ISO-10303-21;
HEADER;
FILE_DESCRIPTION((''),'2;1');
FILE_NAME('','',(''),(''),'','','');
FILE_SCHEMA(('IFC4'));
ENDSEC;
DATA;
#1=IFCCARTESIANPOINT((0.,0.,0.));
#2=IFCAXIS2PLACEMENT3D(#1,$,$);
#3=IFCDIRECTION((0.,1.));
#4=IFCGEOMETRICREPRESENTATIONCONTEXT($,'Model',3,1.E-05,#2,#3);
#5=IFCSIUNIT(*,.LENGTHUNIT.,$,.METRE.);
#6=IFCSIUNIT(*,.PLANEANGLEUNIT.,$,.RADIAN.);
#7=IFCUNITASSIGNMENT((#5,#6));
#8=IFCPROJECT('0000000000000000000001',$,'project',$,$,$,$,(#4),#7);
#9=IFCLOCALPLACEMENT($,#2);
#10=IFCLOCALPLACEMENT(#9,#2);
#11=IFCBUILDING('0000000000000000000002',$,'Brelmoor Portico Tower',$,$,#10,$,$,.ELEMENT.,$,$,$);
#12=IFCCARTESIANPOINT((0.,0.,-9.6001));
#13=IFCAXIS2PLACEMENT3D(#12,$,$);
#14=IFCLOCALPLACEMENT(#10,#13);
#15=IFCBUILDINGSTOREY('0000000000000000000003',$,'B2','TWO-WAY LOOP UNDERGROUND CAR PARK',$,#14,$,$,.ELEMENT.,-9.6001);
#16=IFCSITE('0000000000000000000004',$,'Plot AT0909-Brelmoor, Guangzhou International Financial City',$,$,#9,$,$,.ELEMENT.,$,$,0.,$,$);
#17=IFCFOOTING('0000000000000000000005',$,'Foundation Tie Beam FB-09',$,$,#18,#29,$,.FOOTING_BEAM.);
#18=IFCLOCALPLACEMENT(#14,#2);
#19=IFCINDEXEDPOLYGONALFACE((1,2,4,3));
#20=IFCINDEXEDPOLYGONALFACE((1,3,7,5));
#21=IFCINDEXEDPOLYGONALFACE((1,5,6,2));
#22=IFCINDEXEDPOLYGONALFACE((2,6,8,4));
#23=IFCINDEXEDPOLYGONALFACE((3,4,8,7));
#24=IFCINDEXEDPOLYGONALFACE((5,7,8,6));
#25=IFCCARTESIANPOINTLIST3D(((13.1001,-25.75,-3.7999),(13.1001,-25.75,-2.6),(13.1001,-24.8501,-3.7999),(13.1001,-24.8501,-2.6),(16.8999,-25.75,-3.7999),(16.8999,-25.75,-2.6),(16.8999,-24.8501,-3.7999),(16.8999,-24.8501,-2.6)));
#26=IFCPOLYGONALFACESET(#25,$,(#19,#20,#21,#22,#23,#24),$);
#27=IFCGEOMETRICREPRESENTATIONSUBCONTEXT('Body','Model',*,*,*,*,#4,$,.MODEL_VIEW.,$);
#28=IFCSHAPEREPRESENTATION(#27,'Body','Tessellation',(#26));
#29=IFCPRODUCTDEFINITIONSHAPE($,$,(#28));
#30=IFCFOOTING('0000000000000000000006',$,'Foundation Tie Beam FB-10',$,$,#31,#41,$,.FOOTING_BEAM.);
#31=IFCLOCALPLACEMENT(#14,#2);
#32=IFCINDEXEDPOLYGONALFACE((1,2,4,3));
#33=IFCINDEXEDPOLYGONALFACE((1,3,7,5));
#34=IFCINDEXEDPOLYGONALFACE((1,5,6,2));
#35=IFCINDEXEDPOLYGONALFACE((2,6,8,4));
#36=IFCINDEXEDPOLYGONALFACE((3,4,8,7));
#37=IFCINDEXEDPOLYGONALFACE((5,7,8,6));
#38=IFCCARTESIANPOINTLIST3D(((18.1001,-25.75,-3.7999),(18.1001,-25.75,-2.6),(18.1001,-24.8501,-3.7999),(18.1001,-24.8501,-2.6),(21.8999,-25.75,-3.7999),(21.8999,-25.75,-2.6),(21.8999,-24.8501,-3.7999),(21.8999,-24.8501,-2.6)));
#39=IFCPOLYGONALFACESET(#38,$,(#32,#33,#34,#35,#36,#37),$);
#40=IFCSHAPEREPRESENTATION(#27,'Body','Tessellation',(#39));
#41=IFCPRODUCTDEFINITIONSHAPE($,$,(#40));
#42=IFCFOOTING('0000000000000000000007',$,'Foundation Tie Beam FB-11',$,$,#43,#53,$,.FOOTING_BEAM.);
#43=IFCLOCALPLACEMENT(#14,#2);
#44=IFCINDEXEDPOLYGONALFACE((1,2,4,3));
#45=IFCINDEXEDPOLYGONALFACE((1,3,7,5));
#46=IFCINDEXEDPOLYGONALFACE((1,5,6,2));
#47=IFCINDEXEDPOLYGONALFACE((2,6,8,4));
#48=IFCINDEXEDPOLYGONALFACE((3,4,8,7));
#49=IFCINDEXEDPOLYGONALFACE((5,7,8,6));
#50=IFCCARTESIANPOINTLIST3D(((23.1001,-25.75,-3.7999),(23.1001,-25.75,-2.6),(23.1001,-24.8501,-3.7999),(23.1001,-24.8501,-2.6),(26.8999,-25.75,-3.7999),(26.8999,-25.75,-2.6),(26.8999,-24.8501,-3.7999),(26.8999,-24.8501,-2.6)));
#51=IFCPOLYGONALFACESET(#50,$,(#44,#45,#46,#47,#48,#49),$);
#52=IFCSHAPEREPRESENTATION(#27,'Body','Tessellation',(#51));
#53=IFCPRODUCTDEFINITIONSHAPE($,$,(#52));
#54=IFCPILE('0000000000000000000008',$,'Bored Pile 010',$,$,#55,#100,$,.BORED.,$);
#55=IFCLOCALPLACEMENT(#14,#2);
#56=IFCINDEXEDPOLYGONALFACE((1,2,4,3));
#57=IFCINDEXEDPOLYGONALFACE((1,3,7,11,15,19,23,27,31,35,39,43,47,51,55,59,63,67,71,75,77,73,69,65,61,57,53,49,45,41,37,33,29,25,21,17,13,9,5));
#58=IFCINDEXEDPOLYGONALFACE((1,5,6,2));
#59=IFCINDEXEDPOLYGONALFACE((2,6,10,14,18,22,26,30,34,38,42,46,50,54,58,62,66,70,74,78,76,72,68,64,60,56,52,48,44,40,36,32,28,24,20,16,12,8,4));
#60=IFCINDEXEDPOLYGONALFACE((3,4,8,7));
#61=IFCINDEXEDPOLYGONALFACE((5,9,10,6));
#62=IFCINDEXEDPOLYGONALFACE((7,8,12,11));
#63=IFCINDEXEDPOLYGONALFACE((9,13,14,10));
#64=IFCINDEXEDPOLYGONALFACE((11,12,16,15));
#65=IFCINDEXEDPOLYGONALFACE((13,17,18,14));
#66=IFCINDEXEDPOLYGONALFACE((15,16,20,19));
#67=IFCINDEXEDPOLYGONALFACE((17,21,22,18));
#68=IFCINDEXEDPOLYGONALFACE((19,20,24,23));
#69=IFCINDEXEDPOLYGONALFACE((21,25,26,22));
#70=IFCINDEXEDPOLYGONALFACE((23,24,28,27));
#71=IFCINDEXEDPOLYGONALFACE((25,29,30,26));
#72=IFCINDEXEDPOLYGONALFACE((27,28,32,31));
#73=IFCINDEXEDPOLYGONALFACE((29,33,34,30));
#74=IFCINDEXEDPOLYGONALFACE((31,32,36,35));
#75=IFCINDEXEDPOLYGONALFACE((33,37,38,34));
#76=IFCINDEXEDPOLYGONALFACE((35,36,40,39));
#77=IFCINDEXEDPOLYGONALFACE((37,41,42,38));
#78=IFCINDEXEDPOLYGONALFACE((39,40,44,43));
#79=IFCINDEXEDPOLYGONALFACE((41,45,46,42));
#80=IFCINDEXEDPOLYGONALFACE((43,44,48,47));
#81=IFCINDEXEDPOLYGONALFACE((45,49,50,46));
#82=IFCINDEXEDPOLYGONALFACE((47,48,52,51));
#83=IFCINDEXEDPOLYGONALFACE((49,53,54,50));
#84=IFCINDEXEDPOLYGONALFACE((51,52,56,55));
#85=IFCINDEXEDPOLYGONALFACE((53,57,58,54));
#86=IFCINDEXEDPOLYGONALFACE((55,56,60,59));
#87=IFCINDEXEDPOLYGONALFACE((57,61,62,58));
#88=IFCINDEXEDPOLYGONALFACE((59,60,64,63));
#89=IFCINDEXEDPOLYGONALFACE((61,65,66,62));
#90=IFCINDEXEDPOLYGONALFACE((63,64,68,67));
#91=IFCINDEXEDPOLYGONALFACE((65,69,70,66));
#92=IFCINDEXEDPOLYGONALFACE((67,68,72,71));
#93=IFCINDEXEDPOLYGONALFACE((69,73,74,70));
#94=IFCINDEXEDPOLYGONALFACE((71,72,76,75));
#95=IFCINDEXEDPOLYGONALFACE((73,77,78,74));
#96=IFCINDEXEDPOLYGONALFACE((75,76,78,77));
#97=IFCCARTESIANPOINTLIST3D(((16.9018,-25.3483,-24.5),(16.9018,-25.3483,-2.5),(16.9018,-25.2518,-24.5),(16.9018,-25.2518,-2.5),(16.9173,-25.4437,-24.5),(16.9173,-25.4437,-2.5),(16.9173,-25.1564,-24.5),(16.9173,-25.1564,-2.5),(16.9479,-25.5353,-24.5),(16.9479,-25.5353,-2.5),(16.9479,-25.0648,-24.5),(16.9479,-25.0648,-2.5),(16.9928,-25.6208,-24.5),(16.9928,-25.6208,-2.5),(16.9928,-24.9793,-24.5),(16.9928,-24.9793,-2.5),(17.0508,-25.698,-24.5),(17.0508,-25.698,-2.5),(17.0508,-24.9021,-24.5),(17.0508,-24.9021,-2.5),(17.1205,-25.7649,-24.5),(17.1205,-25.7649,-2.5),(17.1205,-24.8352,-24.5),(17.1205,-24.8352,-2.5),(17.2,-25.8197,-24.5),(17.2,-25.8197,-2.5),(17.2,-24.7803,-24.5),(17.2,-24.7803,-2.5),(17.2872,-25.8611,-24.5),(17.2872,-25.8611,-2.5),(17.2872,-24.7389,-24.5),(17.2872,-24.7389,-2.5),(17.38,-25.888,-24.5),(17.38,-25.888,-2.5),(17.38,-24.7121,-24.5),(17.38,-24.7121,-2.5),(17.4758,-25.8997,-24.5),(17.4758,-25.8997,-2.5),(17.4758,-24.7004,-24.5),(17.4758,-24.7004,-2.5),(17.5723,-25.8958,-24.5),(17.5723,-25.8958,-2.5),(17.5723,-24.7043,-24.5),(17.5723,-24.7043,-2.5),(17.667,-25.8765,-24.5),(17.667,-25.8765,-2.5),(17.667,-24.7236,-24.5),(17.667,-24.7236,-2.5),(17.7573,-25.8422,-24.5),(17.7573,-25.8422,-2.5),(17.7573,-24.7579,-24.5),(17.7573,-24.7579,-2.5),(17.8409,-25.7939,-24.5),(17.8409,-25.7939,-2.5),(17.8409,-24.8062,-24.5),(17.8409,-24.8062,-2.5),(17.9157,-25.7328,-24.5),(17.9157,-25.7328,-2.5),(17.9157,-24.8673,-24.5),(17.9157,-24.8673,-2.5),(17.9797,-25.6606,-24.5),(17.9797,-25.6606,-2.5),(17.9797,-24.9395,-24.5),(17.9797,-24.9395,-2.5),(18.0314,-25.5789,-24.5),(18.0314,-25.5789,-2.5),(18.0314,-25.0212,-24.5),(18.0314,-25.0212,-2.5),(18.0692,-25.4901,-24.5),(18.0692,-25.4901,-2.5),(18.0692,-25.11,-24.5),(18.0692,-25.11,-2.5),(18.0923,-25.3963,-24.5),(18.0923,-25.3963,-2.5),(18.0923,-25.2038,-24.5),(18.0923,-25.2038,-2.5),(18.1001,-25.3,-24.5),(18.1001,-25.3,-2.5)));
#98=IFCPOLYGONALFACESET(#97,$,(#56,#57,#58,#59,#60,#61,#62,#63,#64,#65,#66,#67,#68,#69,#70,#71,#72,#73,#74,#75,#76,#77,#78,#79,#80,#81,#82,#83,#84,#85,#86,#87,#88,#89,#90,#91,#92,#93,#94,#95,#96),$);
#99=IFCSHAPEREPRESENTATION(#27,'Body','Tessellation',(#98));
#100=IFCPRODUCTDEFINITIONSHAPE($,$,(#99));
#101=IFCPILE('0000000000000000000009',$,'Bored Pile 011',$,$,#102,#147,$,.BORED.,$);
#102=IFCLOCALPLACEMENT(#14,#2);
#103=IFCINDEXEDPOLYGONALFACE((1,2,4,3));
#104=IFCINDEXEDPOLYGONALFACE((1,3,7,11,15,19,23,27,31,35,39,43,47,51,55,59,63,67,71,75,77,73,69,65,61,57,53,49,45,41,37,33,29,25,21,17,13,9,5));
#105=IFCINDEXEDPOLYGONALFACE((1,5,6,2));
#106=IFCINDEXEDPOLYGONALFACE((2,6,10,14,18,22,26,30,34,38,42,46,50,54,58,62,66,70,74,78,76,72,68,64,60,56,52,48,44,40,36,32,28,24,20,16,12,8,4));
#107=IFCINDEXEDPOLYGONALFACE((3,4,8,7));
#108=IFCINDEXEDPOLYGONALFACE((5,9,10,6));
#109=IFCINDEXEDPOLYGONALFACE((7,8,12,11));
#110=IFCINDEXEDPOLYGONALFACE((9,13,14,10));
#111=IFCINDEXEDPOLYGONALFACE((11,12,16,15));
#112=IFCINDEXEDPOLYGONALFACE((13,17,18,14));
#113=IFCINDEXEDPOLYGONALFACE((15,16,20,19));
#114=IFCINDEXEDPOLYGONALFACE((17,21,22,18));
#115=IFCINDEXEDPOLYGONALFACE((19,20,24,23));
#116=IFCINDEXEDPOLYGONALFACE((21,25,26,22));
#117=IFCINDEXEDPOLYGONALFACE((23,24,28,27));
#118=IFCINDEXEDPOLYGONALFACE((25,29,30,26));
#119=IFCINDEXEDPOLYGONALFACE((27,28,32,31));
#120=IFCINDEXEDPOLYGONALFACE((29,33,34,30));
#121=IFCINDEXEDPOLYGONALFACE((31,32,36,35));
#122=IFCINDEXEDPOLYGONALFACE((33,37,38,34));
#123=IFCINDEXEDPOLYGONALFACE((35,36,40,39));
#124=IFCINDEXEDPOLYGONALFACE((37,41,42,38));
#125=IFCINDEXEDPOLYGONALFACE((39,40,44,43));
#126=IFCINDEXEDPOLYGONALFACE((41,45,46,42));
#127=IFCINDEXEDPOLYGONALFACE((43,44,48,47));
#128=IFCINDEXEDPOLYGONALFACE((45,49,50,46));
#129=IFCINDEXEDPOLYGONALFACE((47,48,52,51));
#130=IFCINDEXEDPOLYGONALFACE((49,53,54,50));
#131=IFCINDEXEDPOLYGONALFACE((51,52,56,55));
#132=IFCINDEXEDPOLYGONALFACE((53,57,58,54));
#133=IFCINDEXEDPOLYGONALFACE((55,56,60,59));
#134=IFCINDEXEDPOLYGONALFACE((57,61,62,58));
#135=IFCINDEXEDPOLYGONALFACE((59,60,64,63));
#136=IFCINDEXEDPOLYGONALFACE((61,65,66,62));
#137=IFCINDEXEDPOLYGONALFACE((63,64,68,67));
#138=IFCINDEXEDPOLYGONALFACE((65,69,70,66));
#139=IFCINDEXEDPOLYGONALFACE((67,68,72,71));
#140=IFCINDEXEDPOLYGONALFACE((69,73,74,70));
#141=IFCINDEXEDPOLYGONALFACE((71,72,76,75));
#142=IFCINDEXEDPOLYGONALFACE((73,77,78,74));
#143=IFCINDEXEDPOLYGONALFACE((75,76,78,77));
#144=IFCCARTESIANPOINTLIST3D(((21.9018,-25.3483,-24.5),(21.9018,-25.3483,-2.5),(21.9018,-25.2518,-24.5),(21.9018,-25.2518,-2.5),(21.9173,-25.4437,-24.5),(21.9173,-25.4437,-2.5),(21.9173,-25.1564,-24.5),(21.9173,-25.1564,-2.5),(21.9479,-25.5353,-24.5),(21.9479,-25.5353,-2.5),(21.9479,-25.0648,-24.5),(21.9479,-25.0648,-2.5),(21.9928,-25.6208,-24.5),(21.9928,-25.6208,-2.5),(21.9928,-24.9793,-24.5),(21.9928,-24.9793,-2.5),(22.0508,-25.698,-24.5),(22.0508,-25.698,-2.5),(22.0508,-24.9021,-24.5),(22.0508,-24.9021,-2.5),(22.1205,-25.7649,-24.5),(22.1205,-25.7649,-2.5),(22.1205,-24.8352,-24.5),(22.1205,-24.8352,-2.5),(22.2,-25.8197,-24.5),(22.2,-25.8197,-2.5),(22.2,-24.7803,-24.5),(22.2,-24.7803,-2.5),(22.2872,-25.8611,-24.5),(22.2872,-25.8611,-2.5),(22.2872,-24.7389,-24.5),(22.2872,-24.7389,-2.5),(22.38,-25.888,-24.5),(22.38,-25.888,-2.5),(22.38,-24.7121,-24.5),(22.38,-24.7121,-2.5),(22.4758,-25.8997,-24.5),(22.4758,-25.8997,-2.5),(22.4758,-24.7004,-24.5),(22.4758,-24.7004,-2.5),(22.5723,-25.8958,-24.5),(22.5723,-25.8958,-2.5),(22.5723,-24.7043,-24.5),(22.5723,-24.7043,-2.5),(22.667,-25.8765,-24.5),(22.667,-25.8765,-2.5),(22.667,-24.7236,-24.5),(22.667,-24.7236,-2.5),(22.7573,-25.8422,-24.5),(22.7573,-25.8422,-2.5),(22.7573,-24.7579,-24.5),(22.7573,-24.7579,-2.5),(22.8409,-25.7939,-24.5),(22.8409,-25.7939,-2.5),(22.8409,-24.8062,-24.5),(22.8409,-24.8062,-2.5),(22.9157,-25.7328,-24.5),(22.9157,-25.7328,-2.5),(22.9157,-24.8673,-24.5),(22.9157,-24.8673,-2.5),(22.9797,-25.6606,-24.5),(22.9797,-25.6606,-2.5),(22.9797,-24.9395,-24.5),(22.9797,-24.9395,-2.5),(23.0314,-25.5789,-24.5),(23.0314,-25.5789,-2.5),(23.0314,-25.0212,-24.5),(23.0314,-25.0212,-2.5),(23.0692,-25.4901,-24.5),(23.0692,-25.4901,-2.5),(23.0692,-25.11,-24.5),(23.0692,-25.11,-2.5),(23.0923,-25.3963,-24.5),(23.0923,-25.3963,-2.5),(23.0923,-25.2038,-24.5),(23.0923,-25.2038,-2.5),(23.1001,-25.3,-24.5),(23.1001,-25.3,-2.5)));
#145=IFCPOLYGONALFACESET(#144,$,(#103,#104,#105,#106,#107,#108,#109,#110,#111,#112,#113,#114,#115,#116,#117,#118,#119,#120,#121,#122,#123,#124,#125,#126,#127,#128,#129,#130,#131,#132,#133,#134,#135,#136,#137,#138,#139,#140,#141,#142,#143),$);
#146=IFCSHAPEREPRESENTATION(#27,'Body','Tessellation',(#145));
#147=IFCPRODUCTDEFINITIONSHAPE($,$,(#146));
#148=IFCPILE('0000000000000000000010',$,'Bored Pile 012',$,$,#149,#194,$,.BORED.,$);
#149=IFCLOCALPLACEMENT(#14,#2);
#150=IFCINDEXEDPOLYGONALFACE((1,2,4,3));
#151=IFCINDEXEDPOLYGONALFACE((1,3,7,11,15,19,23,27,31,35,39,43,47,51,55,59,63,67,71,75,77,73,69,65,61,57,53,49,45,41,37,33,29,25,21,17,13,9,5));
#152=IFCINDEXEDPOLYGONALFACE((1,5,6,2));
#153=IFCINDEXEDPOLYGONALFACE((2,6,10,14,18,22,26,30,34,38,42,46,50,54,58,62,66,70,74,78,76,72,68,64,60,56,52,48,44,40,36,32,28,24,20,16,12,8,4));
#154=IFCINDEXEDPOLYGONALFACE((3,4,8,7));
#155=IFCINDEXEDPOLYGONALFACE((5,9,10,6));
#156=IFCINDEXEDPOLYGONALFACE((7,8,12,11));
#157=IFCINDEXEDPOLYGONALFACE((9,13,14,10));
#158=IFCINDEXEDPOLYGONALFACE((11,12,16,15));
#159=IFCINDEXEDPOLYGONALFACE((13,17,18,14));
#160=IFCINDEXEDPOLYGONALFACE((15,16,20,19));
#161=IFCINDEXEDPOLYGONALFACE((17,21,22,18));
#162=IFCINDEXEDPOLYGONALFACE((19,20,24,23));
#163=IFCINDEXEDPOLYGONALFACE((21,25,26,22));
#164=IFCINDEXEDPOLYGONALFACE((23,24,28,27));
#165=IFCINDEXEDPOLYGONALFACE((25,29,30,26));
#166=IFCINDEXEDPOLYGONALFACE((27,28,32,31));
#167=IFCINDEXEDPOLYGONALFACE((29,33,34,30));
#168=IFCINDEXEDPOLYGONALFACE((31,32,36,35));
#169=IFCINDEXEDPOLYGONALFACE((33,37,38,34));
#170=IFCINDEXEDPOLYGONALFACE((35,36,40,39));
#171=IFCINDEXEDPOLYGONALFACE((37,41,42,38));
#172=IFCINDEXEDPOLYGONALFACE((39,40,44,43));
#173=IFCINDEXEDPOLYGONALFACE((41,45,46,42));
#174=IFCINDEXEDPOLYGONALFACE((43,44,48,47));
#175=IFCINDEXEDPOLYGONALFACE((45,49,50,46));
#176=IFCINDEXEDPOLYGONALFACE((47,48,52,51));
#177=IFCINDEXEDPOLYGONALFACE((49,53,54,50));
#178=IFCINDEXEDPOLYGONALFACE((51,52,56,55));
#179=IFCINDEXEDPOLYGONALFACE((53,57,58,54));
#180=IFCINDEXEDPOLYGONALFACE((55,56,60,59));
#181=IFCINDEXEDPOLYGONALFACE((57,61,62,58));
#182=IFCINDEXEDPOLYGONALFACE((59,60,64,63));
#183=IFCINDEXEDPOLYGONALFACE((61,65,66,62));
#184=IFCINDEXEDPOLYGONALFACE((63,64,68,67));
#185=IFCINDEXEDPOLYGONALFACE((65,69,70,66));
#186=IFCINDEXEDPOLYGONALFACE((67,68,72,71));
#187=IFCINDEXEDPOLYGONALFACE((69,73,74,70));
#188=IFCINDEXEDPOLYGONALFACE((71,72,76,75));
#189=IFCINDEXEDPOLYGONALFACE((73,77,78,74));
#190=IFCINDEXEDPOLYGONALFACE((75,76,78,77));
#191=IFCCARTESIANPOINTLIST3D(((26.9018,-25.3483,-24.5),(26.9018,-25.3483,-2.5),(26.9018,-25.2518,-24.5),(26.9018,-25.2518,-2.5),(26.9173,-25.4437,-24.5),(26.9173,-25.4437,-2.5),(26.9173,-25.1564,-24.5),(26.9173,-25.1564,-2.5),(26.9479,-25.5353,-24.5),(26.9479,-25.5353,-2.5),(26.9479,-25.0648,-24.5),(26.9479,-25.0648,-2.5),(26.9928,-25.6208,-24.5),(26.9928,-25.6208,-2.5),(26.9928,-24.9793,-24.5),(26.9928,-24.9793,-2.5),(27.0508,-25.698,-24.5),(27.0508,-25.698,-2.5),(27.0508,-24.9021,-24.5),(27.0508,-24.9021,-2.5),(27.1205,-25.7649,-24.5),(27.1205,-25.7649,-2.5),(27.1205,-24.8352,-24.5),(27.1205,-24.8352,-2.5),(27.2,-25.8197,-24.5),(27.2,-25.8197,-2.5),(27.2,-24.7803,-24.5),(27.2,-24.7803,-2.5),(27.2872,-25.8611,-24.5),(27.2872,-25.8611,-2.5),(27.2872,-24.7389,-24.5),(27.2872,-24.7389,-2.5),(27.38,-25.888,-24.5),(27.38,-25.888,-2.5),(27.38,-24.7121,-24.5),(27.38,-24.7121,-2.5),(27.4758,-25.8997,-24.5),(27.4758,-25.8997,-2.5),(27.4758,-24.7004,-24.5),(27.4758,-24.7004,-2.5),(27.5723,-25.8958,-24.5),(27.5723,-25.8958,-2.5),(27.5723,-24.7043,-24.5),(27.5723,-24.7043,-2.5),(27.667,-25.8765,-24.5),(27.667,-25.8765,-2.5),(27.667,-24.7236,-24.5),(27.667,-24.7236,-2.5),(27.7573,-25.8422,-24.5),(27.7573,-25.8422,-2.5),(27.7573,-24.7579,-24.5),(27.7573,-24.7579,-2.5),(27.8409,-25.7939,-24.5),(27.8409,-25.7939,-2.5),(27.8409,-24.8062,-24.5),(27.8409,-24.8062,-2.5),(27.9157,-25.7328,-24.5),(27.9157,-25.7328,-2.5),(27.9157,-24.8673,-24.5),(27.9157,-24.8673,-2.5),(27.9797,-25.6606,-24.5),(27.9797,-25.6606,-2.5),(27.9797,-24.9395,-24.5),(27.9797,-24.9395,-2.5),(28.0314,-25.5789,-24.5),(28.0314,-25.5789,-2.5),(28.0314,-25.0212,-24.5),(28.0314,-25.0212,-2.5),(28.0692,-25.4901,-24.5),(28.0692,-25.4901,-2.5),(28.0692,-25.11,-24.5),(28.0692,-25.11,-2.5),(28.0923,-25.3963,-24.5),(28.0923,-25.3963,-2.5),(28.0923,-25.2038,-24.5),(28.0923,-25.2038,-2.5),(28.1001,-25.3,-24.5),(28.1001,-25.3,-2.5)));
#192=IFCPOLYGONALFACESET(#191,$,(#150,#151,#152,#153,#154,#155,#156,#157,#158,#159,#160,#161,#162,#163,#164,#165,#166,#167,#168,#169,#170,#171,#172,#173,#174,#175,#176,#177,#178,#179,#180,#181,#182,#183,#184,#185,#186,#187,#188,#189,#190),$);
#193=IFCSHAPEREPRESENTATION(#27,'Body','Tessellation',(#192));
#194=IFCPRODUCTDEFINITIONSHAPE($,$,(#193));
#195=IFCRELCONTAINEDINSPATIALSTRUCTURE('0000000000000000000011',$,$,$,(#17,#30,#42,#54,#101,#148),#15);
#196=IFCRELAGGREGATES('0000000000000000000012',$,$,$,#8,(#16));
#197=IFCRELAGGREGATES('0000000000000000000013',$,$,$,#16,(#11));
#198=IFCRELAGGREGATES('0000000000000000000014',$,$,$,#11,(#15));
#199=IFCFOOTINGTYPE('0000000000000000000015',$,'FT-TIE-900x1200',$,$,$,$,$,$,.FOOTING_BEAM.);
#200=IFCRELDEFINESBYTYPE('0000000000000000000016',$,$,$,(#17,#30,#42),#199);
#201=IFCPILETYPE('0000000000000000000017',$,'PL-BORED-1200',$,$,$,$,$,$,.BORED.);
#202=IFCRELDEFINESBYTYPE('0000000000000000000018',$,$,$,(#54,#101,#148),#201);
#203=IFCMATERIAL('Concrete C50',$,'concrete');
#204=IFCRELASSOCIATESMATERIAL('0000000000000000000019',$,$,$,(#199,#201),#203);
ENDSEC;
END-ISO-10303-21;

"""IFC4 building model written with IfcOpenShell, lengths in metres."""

from ifc_helpers import new_model, si_unit, direction, frame, origin, origin_2d, place, context, subcontext, project, spatial, rectangle, circle, extrude, material, material_profile, profile_set, type_object, element, save


model = new_model("IFC4")

# Units and contexts
model_context = context("Model", 3, precision=1e-05, world=origin(), true_north=direction((0.0, 1.0)))
body_context = subcontext(model_context, "Body", "Model", "MODEL_VIEW")
ifc_project = project(units=[si_unit("LENGTHUNIT", "METRE"), si_unit("PLANEANGLEUNIT", "RADIAN")], contexts=[model_context])

# Site, building, storey
site_placement = place(None, origin())
site = spatial("IfcSite", under=ifc_project, at=site_placement, Name="Plot AT0909-Brelmoor, Guangzhou International Financial City", CompositionType="ELEMENT", RefElevation=0.0)
building_placement = place(site_placement, origin())
building = spatial("IfcBuilding", under=site, at=building_placement, Name="Brelmoor Portico Tower", CompositionType="ELEMENT")
storey_placement = place(building_placement, frame((0.0, 0.0, -9.6001)))
storey = spatial("IfcBuildingStorey", under=building, at=storey_placement, Name="B2", Description="TWO-WAY LOOP UNDERGROUND CAR PARK", CompositionType="ELEMENT", Elevation=-9.6001)

# Footings
ifc_material_1 = material(Name="Concrete C50", Category="concrete")
ifc_material_profile_1 = material_profile(ifc_material_1, rectangle(XDim=0.8999, YDim=1.2, at=origin_2d()), Name="RC 900x1200")
ifc_profile_set_1 = profile_set([ifc_material_profile_1], Name="Concrete C50")
footing_type = type_object("IfcFootingType", Name="FT-TIE-900x1200", PredefinedType="FOOTING_BEAM", material=ifc_profile_set_1)
for number, where, z_axis, x_axis, name in (
    (1, (13.1001, -25.3, -3.2), (1.0, 0.0, 0.0), (0.0, 1.0, 0.0), "Foundation Tie Beam FB-09"),
    (2, (18.1001, -25.3, -3.2), (1.0, 0.0, 0.0), (0.0, 1.0, 0.0), "Foundation Tie Beam FB-10"),
    (3, (23.1001, -25.3, -3.2), (1.0, 0.0, 0.0), (0.0, 1.0, 0.0), "Foundation Tie Beam FB-11"),
):
    element("IfcFooting", number, at=place(storey_placement, frame(where, z_axis=z_axis, x_axis=x_axis)), inside=storey, type_object=footing_type, Name=name, PredefinedType="FOOTING_BEAM", context=body_context, shape_type="SweptSolid", body=[
        extrude(rectangle(XDim=0.8999, YDim=1.2, at=origin_2d()), origin(), (0.0, 0.0, 1.0), 3.7998),
    ])

# Piles
ifc_material_profile_2 = material_profile(ifc_material_1, circle(Radius=0.6001, at=origin_2d()), Name="BORED PILE D1200")
ifc_profile_set_2 = profile_set([ifc_material_profile_2], Name="Concrete C50")
pile_type = type_object("IfcPileType", Name="PL-BORED-1200", PredefinedType="BORED", material=ifc_profile_set_2)
for number, where, z_axis, x_axis, name in (
    (4, (17.5, -25.3, -2.5), (0.0, 0.0, -1.0), (1.0, 0.0, 0.0), "Bored Pile 010"),
    (5, (22.5, -25.3, -2.5), (0.0, 0.0, -1.0), (1.0, 0.0, 0.0), "Bored Pile 011"),
    (6, (27.5, -25.3, -2.5), (0.0, 0.0, -1.0), (1.0, 0.0, 0.0), "Bored Pile 012"),
):
    element("IfcPile", number, at=place(storey_placement, frame(where, z_axis=z_axis, x_axis=x_axis)), inside=storey, type_object=pile_type, Name=name, PredefinedType="BORED", context=body_context, shape_type="SweptSolid", body=[
        extrude(circle(Radius=0.6001, at=origin_2d()), origin(), (0.0, 0.0, 1.0), 22.0),
    ])

save(model, "model.ifc")
